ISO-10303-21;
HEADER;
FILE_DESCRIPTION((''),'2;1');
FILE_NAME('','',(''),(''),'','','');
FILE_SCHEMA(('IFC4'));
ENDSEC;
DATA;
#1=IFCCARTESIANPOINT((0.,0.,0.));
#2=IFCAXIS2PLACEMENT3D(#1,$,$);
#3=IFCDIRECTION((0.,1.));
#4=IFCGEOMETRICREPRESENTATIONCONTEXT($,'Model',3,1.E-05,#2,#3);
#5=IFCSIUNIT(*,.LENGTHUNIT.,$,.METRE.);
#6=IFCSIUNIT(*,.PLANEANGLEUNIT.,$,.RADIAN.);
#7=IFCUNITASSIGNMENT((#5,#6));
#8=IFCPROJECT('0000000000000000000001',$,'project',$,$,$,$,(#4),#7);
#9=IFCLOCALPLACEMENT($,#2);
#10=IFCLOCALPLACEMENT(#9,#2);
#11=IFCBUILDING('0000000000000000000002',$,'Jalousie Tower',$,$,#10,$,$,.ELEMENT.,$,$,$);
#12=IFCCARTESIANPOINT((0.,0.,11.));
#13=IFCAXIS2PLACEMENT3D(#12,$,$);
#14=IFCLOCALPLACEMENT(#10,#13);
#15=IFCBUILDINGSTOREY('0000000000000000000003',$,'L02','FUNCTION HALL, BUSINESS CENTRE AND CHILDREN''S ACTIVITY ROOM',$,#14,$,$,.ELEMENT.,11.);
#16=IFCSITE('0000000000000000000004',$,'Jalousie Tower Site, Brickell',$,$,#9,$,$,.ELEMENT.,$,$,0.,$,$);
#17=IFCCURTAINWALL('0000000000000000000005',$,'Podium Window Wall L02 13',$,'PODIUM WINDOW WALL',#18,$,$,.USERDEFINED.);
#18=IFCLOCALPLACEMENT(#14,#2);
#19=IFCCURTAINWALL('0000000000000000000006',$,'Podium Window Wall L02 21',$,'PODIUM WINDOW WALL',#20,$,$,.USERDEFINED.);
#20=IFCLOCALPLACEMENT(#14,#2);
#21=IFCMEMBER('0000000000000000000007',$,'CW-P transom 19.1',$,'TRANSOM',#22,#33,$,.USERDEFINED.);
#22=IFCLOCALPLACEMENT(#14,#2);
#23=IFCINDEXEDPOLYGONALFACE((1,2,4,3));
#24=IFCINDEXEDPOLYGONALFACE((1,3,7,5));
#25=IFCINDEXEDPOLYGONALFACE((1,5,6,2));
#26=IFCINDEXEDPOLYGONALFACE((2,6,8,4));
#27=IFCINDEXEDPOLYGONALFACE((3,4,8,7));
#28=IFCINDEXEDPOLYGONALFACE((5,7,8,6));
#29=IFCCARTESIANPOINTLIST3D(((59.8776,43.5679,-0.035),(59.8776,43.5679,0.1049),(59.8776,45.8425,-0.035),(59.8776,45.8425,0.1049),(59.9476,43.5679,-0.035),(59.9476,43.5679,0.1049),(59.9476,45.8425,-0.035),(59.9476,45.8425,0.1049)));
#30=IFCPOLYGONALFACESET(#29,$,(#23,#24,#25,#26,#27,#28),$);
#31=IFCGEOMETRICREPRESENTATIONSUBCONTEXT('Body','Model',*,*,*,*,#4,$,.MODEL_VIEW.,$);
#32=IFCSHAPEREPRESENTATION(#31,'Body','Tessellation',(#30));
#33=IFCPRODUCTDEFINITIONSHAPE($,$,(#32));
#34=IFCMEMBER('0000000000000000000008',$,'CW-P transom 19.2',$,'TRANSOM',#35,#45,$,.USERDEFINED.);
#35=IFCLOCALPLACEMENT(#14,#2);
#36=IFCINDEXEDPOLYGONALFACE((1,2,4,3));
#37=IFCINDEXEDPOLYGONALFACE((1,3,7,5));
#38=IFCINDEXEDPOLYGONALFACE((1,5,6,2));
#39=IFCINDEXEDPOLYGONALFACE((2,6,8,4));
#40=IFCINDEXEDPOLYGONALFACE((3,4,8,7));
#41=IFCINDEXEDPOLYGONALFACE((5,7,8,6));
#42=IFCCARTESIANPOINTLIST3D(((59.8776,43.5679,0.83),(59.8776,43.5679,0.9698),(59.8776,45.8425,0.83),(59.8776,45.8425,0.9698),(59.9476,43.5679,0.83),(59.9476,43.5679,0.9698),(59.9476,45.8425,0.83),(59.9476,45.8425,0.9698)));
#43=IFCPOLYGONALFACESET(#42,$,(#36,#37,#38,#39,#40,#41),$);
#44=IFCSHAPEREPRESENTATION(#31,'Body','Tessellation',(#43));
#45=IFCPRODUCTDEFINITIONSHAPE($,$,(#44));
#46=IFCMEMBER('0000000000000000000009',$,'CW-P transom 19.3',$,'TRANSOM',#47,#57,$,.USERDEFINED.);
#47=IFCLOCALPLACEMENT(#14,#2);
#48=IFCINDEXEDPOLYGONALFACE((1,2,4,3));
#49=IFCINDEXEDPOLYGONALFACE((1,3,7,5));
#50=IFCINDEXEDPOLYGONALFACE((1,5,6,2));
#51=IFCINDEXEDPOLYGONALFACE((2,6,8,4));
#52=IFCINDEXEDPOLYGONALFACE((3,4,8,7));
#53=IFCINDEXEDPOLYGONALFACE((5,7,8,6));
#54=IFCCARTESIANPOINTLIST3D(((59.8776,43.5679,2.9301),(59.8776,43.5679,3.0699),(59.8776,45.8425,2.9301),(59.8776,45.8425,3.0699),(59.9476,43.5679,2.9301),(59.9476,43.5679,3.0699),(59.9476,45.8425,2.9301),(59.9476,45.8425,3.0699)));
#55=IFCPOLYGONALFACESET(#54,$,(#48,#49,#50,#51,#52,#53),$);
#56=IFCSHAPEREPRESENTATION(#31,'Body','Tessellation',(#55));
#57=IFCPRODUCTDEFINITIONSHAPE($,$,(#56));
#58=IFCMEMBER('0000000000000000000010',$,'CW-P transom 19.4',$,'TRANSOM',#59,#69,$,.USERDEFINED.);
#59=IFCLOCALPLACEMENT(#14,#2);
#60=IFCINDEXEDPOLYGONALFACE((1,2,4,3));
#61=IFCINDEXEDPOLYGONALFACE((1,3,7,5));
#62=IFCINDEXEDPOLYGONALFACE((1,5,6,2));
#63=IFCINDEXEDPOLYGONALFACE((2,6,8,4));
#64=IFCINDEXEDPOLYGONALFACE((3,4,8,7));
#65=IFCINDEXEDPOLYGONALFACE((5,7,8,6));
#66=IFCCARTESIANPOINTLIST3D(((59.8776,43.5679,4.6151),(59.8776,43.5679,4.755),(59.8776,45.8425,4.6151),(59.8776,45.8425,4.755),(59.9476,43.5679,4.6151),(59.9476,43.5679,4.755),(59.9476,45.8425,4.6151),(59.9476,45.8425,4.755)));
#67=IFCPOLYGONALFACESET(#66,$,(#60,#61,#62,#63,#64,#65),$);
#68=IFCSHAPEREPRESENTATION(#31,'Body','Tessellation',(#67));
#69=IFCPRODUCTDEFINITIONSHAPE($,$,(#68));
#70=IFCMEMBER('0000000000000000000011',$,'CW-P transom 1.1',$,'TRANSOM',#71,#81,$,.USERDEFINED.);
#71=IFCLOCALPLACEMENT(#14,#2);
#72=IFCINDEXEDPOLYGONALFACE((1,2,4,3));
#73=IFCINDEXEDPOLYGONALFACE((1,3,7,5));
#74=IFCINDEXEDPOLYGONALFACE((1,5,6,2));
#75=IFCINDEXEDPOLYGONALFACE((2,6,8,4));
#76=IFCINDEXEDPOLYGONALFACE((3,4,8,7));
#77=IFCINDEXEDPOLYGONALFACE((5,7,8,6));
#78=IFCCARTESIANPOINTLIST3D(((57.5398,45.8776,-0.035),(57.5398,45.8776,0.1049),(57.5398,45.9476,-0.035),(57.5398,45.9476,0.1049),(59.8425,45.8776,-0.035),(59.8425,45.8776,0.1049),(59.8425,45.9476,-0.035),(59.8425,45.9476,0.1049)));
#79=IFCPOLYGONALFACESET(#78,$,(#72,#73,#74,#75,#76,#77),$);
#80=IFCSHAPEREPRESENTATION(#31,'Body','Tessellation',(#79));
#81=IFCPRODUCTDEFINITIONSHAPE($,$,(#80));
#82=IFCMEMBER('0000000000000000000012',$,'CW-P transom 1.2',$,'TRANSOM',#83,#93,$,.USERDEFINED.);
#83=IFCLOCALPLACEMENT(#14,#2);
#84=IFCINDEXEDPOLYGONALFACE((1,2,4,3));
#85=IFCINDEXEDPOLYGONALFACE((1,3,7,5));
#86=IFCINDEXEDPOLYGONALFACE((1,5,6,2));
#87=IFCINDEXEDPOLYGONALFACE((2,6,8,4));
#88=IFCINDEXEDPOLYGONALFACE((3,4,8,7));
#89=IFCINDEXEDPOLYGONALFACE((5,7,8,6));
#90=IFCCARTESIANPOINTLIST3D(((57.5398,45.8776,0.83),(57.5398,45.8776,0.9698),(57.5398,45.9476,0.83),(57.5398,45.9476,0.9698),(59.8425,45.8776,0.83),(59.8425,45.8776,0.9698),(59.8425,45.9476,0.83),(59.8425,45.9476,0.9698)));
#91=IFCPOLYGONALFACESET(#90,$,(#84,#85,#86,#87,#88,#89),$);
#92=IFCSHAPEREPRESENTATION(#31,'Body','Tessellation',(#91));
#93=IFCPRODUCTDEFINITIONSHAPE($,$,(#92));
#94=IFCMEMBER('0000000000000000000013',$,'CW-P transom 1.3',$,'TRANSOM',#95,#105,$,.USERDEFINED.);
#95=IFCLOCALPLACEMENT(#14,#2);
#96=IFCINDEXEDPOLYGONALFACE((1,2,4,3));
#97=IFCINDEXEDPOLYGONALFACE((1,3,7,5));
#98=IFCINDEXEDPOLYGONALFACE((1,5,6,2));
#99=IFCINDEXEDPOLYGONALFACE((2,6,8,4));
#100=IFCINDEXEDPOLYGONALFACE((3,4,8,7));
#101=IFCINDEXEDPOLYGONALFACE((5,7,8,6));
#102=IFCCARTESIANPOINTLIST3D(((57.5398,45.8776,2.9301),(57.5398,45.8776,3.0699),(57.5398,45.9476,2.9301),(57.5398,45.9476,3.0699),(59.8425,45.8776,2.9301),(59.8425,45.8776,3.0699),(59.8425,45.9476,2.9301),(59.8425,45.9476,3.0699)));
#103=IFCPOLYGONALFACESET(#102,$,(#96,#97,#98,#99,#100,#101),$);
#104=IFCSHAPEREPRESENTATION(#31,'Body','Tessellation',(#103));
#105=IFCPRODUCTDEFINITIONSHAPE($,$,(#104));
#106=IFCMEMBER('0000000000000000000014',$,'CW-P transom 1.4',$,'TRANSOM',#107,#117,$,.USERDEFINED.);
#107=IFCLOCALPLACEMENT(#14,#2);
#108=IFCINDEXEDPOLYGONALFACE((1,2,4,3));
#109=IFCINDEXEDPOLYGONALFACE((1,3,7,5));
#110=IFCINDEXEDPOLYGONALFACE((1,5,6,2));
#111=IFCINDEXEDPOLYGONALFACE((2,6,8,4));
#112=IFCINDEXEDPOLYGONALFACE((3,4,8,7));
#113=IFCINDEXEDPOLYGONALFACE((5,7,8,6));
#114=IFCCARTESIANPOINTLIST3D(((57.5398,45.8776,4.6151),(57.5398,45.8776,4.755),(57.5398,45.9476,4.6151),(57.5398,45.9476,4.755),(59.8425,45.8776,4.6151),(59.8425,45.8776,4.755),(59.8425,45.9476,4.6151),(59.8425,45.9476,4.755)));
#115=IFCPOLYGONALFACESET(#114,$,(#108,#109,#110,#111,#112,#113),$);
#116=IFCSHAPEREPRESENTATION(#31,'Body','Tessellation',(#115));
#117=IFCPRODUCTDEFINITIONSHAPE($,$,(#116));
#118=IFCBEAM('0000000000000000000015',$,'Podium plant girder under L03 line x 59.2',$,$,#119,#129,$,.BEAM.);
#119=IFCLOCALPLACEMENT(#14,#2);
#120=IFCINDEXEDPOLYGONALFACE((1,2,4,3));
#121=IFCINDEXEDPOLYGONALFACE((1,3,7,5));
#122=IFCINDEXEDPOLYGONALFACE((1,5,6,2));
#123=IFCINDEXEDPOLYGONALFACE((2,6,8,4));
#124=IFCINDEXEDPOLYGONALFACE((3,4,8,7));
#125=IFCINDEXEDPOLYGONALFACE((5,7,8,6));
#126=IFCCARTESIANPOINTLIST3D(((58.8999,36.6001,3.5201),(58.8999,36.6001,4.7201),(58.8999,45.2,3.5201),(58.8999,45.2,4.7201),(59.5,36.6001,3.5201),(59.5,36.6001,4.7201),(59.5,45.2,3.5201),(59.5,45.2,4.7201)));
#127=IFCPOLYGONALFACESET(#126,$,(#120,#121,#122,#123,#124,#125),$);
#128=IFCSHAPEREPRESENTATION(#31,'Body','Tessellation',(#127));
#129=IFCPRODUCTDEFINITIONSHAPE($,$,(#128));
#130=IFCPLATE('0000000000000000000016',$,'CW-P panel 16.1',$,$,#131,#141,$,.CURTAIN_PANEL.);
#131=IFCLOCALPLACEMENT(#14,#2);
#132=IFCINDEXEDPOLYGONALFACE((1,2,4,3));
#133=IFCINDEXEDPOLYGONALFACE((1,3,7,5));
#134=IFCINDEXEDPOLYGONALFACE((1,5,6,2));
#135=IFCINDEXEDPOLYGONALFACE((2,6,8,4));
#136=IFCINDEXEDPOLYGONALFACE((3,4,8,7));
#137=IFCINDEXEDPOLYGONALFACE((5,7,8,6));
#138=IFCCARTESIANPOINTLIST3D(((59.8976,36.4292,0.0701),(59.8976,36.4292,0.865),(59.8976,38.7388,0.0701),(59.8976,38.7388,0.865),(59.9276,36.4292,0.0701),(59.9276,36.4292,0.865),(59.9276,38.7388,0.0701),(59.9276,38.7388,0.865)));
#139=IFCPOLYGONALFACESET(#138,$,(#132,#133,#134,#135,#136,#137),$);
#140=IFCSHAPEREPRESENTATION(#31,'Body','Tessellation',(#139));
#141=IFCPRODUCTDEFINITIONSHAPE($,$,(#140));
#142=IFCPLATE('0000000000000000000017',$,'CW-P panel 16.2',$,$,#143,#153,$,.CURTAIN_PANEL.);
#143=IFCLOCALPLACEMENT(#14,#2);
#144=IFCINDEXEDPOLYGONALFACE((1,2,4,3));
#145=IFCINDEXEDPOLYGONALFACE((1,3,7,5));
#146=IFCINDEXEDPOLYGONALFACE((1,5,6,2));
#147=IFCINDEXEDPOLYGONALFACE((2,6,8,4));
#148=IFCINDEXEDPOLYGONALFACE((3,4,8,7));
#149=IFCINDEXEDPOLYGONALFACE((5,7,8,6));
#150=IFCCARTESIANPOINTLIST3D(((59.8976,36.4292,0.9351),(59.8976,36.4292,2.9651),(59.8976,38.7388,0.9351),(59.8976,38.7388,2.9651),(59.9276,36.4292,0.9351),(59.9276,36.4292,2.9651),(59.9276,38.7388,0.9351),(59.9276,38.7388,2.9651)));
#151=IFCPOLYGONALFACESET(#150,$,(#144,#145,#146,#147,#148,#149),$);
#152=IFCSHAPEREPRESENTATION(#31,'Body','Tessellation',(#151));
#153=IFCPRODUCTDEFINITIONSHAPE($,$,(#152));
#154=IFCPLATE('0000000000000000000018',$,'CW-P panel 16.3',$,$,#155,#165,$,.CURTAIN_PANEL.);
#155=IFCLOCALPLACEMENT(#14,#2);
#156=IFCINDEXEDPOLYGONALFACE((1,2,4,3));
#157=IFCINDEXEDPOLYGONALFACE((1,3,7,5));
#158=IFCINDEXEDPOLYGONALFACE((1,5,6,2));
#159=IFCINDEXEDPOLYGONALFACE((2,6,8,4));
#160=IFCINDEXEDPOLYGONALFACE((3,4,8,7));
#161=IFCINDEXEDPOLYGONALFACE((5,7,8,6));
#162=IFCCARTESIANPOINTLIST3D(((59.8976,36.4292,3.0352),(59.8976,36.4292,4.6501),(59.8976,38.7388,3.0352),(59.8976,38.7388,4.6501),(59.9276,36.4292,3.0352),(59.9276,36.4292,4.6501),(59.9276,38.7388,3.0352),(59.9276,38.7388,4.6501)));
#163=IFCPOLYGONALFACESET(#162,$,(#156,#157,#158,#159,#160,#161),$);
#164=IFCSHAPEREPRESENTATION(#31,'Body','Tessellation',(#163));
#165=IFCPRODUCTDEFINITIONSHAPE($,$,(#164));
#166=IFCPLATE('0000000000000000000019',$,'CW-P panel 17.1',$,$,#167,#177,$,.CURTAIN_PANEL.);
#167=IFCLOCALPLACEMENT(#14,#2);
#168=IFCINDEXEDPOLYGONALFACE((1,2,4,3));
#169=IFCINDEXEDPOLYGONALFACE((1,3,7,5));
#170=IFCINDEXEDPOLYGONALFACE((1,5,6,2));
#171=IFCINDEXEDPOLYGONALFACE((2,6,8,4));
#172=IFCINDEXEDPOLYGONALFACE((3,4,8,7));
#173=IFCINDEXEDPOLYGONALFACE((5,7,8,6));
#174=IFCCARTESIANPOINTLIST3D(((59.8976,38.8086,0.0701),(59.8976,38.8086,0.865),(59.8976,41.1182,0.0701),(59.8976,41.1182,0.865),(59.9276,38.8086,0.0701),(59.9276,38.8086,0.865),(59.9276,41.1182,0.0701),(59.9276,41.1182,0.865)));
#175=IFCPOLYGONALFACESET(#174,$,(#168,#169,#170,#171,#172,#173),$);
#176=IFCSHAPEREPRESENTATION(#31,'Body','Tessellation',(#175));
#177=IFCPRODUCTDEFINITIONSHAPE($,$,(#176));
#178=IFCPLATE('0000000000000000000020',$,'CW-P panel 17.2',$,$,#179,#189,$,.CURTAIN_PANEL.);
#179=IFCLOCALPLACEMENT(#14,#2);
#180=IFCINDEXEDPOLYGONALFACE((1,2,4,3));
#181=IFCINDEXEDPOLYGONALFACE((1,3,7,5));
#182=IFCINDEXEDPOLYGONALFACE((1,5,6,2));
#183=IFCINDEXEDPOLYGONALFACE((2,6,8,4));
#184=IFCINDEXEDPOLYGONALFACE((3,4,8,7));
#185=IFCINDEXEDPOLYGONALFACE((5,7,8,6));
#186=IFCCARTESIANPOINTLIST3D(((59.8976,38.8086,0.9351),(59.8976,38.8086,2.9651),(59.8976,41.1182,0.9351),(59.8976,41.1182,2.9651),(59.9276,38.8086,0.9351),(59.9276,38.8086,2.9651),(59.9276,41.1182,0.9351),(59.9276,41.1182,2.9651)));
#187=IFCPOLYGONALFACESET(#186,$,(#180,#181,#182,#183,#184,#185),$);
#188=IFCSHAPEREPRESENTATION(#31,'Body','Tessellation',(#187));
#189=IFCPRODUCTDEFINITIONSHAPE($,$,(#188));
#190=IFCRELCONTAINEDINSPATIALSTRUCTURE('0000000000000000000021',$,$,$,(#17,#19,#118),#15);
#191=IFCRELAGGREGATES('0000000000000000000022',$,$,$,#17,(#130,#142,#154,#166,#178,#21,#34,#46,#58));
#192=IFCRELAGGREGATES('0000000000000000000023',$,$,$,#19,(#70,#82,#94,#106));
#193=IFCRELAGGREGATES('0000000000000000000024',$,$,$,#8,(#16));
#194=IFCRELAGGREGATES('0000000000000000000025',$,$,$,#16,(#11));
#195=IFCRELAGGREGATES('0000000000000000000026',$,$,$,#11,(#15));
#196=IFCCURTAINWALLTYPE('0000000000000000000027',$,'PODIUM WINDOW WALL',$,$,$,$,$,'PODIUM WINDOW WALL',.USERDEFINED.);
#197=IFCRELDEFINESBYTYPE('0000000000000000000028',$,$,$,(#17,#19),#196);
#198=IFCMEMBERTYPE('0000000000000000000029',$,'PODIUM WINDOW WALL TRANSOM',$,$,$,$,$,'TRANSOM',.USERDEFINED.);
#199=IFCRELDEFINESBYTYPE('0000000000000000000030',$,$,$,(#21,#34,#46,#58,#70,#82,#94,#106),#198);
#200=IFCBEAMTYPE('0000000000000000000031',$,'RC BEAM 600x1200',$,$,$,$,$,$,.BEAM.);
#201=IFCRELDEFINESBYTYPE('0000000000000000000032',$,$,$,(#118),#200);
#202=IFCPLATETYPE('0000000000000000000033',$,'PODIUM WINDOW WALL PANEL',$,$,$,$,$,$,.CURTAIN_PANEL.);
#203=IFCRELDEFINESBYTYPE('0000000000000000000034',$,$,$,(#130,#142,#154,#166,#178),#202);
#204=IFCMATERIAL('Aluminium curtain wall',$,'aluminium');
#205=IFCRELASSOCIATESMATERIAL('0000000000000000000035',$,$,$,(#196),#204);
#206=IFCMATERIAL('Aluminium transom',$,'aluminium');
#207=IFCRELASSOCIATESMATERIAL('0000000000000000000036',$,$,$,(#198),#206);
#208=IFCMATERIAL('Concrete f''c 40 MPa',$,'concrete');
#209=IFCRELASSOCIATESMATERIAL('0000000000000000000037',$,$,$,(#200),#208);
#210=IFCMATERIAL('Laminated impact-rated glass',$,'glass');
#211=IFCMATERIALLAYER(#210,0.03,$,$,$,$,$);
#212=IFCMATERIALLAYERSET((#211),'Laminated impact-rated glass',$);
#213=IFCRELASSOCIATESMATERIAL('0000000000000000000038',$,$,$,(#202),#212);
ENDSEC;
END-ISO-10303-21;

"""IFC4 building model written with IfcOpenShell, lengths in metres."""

from ifc_helpers import new_model, si_unit, direction, frame, origin, origin_2d, place, context, subcontext, project, spatial, rectangle, extrude, material, layer, layer_set, material_profile, profile_set, type_object, element, aggregate, save


model = new_model("IFC4")

# Units and contexts
model_context = context("Model", 3, precision=1e-05, world=origin(), true_north=direction((0.0, 1.0)))
body_context = subcontext(model_context, "Body", "Model", "MODEL_VIEW")
ifc_project = project(units=[si_unit("LENGTHUNIT", "METRE"), si_unit("PLANEANGLEUNIT", "RADIAN")], contexts=[model_context])

# Site, building, storey
site_placement = place(None, origin())
site = spatial("IfcSite", under=ifc_project, at=site_placement, Name="Jalousie Tower Site, Brickell", CompositionType="ELEMENT", RefElevation=0.0)
building_placement = place(site_placement, origin())
building = spatial("IfcBuilding", under=site, at=building_placement, Name="Jalousie Tower", CompositionType="ELEMENT")
storey_placement = place(building_placement, frame((0.0, 0.0, 11.0)))
storey = spatial("IfcBuildingStorey", under=building, at=storey_placement, Name="L02", Description="FUNCTION HALL, BUSINESS CENTRE AND CHILDREN'S ACTIVITY ROOM", CompositionType="ELEMENT", Elevation=11.0)

# Curtain wall
ifc_material_1 = material(Name="Aluminium curtain wall", Category="aluminium")
curtain_wall_type = type_object("IfcCurtainWallType", Name="PODIUM WINDOW WALL", ElementType="PODIUM WINDOW WALL", PredefinedType="USERDEFINED", material=ifc_material_1)
curtain_wall_1_placement = place(storey_placement, origin())
curtain_wall_1 = element("IfcCurtainWall", 1, at=curtain_wall_1_placement, inside=storey, type_object=curtain_wall_type, Name="Podium Window Wall L02 13", ObjectType="PODIUM WINDOW WALL", PredefinedType="USERDEFINED")

# Curtain wall
curtain_wall_2_placement = place(storey_placement, origin())
curtain_wall_2 = element("IfcCurtainWall", 2, at=curtain_wall_2_placement, inside=storey, type_object=curtain_wall_type, Name="Podium Window Wall L02 21", ObjectType="PODIUM WINDOW WALL", PredefinedType="USERDEFINED")

# Members
ifc_material_2 = material(Name="Aluminium transom", Category="aluminium")
ifc_material_profile_1 = material_profile(ifc_material_2, rectangle(XDim=0.0701, YDim=0.1399, at=origin_2d()), Name="TRANSOM 70x140")
ifc_profile_set_1 = profile_set([ifc_material_profile_1], Name="Aluminium transom")
member_type_1 = type_object("IfcMemberType", Name="PODIUM WINDOW WALL TRANSOM", ElementType="TRANSOM", PredefinedType="USERDEFINED", material=ifc_profile_set_1)
member_1_placement = place(storey_placement, frame((59.9126, 43.5679, 0.0349), z_axis=(0.0, 1.0, 0.0), x_axis=(-1.0, 0.0, 0.0)))
member_1 = element("IfcMember", 3, at=member_1_placement, type_object=member_type_1, Name="CW-P transom 19.1", ObjectType="TRANSOM", PredefinedType="USERDEFINED", context=body_context, shape_type="SweptSolid", body=[
    extrude(rectangle(XDim=0.0701, YDim=0.1399, at=origin_2d()), origin(), (0.0, 0.0, 1.0), 2.2747),
])
member_2_placement = place(storey_placement, frame((59.9126, 43.5679, 0.8999), z_axis=(0.0, 1.0, 0.0), x_axis=(-1.0, 0.0, 0.0)))
member_2 = element("IfcMember", 4, at=member_2_placement, type_object=member_type_1, Name="CW-P transom 19.2", ObjectType="TRANSOM", PredefinedType="USERDEFINED", context=body_context, shape_type="SweptSolid", body=[
    extrude(rectangle(XDim=0.0701, YDim=0.1399, at=origin_2d()), origin(), (0.0, 0.0, 1.0), 2.2747),
])
member_3_placement = place(storey_placement, frame((59.9126, 43.5679, 3.0), z_axis=(0.0, 1.0, 0.0), x_axis=(-1.0, 0.0, 0.0)))
member_3 = element("IfcMember", 5, at=member_3_placement, type_object=member_type_1, Name="CW-P transom 19.3", ObjectType="TRANSOM", PredefinedType="USERDEFINED", context=body_context, shape_type="SweptSolid", body=[
    extrude(rectangle(XDim=0.0701, YDim=0.1399, at=origin_2d()), origin(), (0.0, 0.0, 1.0), 2.2747),
])
member_4_placement = place(storey_placement, frame((59.9126, 43.5679, 4.6851), z_axis=(0.0, 1.0, 0.0), x_axis=(-1.0, 0.0, 0.0)))
member_4 = element("IfcMember", 6, at=member_4_placement, type_object=member_type_1, Name="CW-P transom 19.4", ObjectType="TRANSOM", PredefinedType="USERDEFINED", context=body_context, shape_type="SweptSolid", body=[
    extrude(rectangle(XDim=0.0701, YDim=0.1399, at=origin_2d()), origin(), (0.0, 0.0, 1.0), 2.2747),
])
member_5_placement = place(storey_placement, frame((59.8425, 45.9126, 0.0349), z_axis=(-1.0, 0.0, 0.0), x_axis=(0.0, -1.0, 0.0)))
member_5 = element("IfcMember", 7, at=member_5_placement, type_object=member_type_1, Name="CW-P transom 1.1", ObjectType="TRANSOM", PredefinedType="USERDEFINED", context=body_context, shape_type="SweptSolid", body=[
    extrude(rectangle(XDim=0.0701, YDim=0.1399, at=origin_2d()), origin(), (0.0, 0.0, 1.0), 2.3027),
])
member_6_placement = place(storey_placement, frame((59.8425, 45.9126, 0.8999), z_axis=(-1.0, 0.0, 0.0), x_axis=(0.0, -1.0, 0.0)))
member_6 = element("IfcMember", 8, at=member_6_placement, type_object=member_type_1, Name="CW-P transom 1.2", ObjectType="TRANSOM", PredefinedType="USERDEFINED", context=body_context, shape_type="SweptSolid", body=[
    extrude(rectangle(XDim=0.0701, YDim=0.1399, at=origin_2d()), origin(), (0.0, 0.0, 1.0), 2.3027),
])
member_7_placement = place(storey_placement, frame((59.8425, 45.9126, 3.0), z_axis=(-1.0, 0.0, 0.0), x_axis=(0.0, -1.0, 0.0)))
member_7 = element("IfcMember", 9, at=member_7_placement, type_object=member_type_1, Name="CW-P transom 1.3", ObjectType="TRANSOM", PredefinedType="USERDEFINED", context=body_context, shape_type="SweptSolid", body=[
    extrude(rectangle(XDim=0.0701, YDim=0.1399, at=origin_2d()), origin(), (0.0, 0.0, 1.0), 2.3027),
])
member_8_placement = place(storey_placement, frame((59.8425, 45.9126, 4.6851), z_axis=(-1.0, 0.0, 0.0), x_axis=(0.0, -1.0, 0.0)))
member_8 = element("IfcMember", 10, at=member_8_placement, type_object=member_type_1, Name="CW-P transom 1.4", ObjectType="TRANSOM", PredefinedType="USERDEFINED", context=body_context, shape_type="SweptSolid", body=[
    extrude(rectangle(XDim=0.0701, YDim=0.1399, at=origin_2d()), origin(), (0.0, 0.0, 1.0), 2.3027),
])

# Beam
ifc_material_3 = material(Name="Concrete f'c 40 MPa", Category="concrete")
ifc_material_profile_2 = material_profile(ifc_material_3, rectangle(XDim=0.6001, YDim=1.2, at=origin_2d()), Name="RC 600x1200")
ifc_profile_set_2 = profile_set([ifc_material_profile_2], Name="Concrete f'c 40 MPa")
beam_type = type_object("IfcBeamType", Name="RC BEAM 600x1200", PredefinedType="BEAM", material=ifc_profile_set_2)
beam_placement = place(storey_placement, frame((59.2, 36.6001, 4.1201), z_axis=(0.0, 1.0, 0.0), x_axis=(-1.0, 0.0, 0.0)))
element("IfcBeam", 11, at=beam_placement, inside=storey, type_object=beam_type, Name="Podium plant girder under L03 line x 59.2", PredefinedType="BEAM", context=body_context, shape_type="SweptSolid", body=[
    extrude(rectangle(XDim=0.6001, YDim=1.2, at=origin_2d()), origin(), (0.0, 0.0, 1.0), 8.5999),
])

# Plates
ifc_material_4 = material(Name="Laminated impact-rated glass", Category="glass")
ifc_layer = layer(ifc_material_4, 0.03)
ifc_layer_set = layer_set([ifc_layer], Name="Laminated impact-rated glass")
plate_type = type_object("IfcPlateType", Name="PODIUM WINDOW WALL PANEL", PredefinedType="CURTAIN_PANEL", material=ifc_layer_set)
plate_1_placement = place(storey_placement, frame((59.9126, 37.584, 0.0701), z_axis=(0.0, 0.0, 1.0), x_axis=(0.0, 1.0, 0.0)))
plate_1 = element("IfcPlate", 12, at=plate_1_placement, type_object=plate_type, Name="CW-P panel 16.1", PredefinedType="CURTAIN_PANEL", context=body_context, shape_type="SweptSolid", body=[
    extrude(rectangle(XDim=2.3096, YDim=0.03, at=origin_2d()), origin(), (0.0, 0.0, 1.0), 0.7949),
])
plate_2_placement = place(storey_placement, frame((59.9126, 37.584, 0.9351), z_axis=(0.0, 0.0, 1.0), x_axis=(0.0, 1.0, 0.0)))
plate_2 = element("IfcPlate", 13, at=plate_2_placement, type_object=plate_type, Name="CW-P panel 16.2", PredefinedType="CURTAIN_PANEL", context=body_context, shape_type="SweptSolid", body=[
    extrude(rectangle(XDim=2.3096, YDim=0.03, at=origin_2d()), origin(), (0.0, 0.0, 1.0), 2.03),
])
plate_3_placement = place(storey_placement, frame((59.9126, 37.584, 3.0352), z_axis=(0.0, 0.0, 1.0), x_axis=(0.0, 1.0, 0.0)))
plate_3 = element("IfcPlate", 14, at=plate_3_placement, type_object=plate_type, Name="CW-P panel 16.3", PredefinedType="CURTAIN_PANEL", context=body_context, shape_type="SweptSolid", body=[
    extrude(rectangle(XDim=2.3096, YDim=0.03, at=origin_2d()), origin(), (0.0, 0.0, 1.0), 1.615),
])
plate_4_placement = place(storey_placement, frame((59.9126, 39.9634, 0.0701), z_axis=(0.0, 0.0, 1.0), x_axis=(0.0, 1.0, 0.0)))
plate_4 = element("IfcPlate", 15, at=plate_4_placement, type_object=plate_type, Name="CW-P panel 17.1", PredefinedType="CURTAIN_PANEL", context=body_context, shape_type="SweptSolid", body=[
    extrude(rectangle(XDim=2.3096, YDim=0.03, at=origin_2d()), origin(), (0.0, 0.0, 1.0), 0.7949),
])
plate_5_placement = place(storey_placement, frame((59.9126, 39.9634, 0.9351), z_axis=(0.0, 0.0, 1.0), x_axis=(0.0, 1.0, 0.0)))
plate_5 = element("IfcPlate", 16, at=plate_5_placement, type_object=plate_type, Name="CW-P panel 17.2", PredefinedType="CURTAIN_PANEL", context=body_context, shape_type="SweptSolid", body=[
    extrude(rectangle(XDim=2.3096, YDim=0.03, at=origin_2d()), origin(), (0.0, 0.0, 1.0), 2.03),
])
aggregate(curtain_wall_1, [plate_1, plate_2, plate_3, plate_4, plate_5, member_1, member_2, member_3, member_4])
aggregate(curtain_wall_2, [member_5, member_6, member_7, member_8])

save(model, "model.ifc")
